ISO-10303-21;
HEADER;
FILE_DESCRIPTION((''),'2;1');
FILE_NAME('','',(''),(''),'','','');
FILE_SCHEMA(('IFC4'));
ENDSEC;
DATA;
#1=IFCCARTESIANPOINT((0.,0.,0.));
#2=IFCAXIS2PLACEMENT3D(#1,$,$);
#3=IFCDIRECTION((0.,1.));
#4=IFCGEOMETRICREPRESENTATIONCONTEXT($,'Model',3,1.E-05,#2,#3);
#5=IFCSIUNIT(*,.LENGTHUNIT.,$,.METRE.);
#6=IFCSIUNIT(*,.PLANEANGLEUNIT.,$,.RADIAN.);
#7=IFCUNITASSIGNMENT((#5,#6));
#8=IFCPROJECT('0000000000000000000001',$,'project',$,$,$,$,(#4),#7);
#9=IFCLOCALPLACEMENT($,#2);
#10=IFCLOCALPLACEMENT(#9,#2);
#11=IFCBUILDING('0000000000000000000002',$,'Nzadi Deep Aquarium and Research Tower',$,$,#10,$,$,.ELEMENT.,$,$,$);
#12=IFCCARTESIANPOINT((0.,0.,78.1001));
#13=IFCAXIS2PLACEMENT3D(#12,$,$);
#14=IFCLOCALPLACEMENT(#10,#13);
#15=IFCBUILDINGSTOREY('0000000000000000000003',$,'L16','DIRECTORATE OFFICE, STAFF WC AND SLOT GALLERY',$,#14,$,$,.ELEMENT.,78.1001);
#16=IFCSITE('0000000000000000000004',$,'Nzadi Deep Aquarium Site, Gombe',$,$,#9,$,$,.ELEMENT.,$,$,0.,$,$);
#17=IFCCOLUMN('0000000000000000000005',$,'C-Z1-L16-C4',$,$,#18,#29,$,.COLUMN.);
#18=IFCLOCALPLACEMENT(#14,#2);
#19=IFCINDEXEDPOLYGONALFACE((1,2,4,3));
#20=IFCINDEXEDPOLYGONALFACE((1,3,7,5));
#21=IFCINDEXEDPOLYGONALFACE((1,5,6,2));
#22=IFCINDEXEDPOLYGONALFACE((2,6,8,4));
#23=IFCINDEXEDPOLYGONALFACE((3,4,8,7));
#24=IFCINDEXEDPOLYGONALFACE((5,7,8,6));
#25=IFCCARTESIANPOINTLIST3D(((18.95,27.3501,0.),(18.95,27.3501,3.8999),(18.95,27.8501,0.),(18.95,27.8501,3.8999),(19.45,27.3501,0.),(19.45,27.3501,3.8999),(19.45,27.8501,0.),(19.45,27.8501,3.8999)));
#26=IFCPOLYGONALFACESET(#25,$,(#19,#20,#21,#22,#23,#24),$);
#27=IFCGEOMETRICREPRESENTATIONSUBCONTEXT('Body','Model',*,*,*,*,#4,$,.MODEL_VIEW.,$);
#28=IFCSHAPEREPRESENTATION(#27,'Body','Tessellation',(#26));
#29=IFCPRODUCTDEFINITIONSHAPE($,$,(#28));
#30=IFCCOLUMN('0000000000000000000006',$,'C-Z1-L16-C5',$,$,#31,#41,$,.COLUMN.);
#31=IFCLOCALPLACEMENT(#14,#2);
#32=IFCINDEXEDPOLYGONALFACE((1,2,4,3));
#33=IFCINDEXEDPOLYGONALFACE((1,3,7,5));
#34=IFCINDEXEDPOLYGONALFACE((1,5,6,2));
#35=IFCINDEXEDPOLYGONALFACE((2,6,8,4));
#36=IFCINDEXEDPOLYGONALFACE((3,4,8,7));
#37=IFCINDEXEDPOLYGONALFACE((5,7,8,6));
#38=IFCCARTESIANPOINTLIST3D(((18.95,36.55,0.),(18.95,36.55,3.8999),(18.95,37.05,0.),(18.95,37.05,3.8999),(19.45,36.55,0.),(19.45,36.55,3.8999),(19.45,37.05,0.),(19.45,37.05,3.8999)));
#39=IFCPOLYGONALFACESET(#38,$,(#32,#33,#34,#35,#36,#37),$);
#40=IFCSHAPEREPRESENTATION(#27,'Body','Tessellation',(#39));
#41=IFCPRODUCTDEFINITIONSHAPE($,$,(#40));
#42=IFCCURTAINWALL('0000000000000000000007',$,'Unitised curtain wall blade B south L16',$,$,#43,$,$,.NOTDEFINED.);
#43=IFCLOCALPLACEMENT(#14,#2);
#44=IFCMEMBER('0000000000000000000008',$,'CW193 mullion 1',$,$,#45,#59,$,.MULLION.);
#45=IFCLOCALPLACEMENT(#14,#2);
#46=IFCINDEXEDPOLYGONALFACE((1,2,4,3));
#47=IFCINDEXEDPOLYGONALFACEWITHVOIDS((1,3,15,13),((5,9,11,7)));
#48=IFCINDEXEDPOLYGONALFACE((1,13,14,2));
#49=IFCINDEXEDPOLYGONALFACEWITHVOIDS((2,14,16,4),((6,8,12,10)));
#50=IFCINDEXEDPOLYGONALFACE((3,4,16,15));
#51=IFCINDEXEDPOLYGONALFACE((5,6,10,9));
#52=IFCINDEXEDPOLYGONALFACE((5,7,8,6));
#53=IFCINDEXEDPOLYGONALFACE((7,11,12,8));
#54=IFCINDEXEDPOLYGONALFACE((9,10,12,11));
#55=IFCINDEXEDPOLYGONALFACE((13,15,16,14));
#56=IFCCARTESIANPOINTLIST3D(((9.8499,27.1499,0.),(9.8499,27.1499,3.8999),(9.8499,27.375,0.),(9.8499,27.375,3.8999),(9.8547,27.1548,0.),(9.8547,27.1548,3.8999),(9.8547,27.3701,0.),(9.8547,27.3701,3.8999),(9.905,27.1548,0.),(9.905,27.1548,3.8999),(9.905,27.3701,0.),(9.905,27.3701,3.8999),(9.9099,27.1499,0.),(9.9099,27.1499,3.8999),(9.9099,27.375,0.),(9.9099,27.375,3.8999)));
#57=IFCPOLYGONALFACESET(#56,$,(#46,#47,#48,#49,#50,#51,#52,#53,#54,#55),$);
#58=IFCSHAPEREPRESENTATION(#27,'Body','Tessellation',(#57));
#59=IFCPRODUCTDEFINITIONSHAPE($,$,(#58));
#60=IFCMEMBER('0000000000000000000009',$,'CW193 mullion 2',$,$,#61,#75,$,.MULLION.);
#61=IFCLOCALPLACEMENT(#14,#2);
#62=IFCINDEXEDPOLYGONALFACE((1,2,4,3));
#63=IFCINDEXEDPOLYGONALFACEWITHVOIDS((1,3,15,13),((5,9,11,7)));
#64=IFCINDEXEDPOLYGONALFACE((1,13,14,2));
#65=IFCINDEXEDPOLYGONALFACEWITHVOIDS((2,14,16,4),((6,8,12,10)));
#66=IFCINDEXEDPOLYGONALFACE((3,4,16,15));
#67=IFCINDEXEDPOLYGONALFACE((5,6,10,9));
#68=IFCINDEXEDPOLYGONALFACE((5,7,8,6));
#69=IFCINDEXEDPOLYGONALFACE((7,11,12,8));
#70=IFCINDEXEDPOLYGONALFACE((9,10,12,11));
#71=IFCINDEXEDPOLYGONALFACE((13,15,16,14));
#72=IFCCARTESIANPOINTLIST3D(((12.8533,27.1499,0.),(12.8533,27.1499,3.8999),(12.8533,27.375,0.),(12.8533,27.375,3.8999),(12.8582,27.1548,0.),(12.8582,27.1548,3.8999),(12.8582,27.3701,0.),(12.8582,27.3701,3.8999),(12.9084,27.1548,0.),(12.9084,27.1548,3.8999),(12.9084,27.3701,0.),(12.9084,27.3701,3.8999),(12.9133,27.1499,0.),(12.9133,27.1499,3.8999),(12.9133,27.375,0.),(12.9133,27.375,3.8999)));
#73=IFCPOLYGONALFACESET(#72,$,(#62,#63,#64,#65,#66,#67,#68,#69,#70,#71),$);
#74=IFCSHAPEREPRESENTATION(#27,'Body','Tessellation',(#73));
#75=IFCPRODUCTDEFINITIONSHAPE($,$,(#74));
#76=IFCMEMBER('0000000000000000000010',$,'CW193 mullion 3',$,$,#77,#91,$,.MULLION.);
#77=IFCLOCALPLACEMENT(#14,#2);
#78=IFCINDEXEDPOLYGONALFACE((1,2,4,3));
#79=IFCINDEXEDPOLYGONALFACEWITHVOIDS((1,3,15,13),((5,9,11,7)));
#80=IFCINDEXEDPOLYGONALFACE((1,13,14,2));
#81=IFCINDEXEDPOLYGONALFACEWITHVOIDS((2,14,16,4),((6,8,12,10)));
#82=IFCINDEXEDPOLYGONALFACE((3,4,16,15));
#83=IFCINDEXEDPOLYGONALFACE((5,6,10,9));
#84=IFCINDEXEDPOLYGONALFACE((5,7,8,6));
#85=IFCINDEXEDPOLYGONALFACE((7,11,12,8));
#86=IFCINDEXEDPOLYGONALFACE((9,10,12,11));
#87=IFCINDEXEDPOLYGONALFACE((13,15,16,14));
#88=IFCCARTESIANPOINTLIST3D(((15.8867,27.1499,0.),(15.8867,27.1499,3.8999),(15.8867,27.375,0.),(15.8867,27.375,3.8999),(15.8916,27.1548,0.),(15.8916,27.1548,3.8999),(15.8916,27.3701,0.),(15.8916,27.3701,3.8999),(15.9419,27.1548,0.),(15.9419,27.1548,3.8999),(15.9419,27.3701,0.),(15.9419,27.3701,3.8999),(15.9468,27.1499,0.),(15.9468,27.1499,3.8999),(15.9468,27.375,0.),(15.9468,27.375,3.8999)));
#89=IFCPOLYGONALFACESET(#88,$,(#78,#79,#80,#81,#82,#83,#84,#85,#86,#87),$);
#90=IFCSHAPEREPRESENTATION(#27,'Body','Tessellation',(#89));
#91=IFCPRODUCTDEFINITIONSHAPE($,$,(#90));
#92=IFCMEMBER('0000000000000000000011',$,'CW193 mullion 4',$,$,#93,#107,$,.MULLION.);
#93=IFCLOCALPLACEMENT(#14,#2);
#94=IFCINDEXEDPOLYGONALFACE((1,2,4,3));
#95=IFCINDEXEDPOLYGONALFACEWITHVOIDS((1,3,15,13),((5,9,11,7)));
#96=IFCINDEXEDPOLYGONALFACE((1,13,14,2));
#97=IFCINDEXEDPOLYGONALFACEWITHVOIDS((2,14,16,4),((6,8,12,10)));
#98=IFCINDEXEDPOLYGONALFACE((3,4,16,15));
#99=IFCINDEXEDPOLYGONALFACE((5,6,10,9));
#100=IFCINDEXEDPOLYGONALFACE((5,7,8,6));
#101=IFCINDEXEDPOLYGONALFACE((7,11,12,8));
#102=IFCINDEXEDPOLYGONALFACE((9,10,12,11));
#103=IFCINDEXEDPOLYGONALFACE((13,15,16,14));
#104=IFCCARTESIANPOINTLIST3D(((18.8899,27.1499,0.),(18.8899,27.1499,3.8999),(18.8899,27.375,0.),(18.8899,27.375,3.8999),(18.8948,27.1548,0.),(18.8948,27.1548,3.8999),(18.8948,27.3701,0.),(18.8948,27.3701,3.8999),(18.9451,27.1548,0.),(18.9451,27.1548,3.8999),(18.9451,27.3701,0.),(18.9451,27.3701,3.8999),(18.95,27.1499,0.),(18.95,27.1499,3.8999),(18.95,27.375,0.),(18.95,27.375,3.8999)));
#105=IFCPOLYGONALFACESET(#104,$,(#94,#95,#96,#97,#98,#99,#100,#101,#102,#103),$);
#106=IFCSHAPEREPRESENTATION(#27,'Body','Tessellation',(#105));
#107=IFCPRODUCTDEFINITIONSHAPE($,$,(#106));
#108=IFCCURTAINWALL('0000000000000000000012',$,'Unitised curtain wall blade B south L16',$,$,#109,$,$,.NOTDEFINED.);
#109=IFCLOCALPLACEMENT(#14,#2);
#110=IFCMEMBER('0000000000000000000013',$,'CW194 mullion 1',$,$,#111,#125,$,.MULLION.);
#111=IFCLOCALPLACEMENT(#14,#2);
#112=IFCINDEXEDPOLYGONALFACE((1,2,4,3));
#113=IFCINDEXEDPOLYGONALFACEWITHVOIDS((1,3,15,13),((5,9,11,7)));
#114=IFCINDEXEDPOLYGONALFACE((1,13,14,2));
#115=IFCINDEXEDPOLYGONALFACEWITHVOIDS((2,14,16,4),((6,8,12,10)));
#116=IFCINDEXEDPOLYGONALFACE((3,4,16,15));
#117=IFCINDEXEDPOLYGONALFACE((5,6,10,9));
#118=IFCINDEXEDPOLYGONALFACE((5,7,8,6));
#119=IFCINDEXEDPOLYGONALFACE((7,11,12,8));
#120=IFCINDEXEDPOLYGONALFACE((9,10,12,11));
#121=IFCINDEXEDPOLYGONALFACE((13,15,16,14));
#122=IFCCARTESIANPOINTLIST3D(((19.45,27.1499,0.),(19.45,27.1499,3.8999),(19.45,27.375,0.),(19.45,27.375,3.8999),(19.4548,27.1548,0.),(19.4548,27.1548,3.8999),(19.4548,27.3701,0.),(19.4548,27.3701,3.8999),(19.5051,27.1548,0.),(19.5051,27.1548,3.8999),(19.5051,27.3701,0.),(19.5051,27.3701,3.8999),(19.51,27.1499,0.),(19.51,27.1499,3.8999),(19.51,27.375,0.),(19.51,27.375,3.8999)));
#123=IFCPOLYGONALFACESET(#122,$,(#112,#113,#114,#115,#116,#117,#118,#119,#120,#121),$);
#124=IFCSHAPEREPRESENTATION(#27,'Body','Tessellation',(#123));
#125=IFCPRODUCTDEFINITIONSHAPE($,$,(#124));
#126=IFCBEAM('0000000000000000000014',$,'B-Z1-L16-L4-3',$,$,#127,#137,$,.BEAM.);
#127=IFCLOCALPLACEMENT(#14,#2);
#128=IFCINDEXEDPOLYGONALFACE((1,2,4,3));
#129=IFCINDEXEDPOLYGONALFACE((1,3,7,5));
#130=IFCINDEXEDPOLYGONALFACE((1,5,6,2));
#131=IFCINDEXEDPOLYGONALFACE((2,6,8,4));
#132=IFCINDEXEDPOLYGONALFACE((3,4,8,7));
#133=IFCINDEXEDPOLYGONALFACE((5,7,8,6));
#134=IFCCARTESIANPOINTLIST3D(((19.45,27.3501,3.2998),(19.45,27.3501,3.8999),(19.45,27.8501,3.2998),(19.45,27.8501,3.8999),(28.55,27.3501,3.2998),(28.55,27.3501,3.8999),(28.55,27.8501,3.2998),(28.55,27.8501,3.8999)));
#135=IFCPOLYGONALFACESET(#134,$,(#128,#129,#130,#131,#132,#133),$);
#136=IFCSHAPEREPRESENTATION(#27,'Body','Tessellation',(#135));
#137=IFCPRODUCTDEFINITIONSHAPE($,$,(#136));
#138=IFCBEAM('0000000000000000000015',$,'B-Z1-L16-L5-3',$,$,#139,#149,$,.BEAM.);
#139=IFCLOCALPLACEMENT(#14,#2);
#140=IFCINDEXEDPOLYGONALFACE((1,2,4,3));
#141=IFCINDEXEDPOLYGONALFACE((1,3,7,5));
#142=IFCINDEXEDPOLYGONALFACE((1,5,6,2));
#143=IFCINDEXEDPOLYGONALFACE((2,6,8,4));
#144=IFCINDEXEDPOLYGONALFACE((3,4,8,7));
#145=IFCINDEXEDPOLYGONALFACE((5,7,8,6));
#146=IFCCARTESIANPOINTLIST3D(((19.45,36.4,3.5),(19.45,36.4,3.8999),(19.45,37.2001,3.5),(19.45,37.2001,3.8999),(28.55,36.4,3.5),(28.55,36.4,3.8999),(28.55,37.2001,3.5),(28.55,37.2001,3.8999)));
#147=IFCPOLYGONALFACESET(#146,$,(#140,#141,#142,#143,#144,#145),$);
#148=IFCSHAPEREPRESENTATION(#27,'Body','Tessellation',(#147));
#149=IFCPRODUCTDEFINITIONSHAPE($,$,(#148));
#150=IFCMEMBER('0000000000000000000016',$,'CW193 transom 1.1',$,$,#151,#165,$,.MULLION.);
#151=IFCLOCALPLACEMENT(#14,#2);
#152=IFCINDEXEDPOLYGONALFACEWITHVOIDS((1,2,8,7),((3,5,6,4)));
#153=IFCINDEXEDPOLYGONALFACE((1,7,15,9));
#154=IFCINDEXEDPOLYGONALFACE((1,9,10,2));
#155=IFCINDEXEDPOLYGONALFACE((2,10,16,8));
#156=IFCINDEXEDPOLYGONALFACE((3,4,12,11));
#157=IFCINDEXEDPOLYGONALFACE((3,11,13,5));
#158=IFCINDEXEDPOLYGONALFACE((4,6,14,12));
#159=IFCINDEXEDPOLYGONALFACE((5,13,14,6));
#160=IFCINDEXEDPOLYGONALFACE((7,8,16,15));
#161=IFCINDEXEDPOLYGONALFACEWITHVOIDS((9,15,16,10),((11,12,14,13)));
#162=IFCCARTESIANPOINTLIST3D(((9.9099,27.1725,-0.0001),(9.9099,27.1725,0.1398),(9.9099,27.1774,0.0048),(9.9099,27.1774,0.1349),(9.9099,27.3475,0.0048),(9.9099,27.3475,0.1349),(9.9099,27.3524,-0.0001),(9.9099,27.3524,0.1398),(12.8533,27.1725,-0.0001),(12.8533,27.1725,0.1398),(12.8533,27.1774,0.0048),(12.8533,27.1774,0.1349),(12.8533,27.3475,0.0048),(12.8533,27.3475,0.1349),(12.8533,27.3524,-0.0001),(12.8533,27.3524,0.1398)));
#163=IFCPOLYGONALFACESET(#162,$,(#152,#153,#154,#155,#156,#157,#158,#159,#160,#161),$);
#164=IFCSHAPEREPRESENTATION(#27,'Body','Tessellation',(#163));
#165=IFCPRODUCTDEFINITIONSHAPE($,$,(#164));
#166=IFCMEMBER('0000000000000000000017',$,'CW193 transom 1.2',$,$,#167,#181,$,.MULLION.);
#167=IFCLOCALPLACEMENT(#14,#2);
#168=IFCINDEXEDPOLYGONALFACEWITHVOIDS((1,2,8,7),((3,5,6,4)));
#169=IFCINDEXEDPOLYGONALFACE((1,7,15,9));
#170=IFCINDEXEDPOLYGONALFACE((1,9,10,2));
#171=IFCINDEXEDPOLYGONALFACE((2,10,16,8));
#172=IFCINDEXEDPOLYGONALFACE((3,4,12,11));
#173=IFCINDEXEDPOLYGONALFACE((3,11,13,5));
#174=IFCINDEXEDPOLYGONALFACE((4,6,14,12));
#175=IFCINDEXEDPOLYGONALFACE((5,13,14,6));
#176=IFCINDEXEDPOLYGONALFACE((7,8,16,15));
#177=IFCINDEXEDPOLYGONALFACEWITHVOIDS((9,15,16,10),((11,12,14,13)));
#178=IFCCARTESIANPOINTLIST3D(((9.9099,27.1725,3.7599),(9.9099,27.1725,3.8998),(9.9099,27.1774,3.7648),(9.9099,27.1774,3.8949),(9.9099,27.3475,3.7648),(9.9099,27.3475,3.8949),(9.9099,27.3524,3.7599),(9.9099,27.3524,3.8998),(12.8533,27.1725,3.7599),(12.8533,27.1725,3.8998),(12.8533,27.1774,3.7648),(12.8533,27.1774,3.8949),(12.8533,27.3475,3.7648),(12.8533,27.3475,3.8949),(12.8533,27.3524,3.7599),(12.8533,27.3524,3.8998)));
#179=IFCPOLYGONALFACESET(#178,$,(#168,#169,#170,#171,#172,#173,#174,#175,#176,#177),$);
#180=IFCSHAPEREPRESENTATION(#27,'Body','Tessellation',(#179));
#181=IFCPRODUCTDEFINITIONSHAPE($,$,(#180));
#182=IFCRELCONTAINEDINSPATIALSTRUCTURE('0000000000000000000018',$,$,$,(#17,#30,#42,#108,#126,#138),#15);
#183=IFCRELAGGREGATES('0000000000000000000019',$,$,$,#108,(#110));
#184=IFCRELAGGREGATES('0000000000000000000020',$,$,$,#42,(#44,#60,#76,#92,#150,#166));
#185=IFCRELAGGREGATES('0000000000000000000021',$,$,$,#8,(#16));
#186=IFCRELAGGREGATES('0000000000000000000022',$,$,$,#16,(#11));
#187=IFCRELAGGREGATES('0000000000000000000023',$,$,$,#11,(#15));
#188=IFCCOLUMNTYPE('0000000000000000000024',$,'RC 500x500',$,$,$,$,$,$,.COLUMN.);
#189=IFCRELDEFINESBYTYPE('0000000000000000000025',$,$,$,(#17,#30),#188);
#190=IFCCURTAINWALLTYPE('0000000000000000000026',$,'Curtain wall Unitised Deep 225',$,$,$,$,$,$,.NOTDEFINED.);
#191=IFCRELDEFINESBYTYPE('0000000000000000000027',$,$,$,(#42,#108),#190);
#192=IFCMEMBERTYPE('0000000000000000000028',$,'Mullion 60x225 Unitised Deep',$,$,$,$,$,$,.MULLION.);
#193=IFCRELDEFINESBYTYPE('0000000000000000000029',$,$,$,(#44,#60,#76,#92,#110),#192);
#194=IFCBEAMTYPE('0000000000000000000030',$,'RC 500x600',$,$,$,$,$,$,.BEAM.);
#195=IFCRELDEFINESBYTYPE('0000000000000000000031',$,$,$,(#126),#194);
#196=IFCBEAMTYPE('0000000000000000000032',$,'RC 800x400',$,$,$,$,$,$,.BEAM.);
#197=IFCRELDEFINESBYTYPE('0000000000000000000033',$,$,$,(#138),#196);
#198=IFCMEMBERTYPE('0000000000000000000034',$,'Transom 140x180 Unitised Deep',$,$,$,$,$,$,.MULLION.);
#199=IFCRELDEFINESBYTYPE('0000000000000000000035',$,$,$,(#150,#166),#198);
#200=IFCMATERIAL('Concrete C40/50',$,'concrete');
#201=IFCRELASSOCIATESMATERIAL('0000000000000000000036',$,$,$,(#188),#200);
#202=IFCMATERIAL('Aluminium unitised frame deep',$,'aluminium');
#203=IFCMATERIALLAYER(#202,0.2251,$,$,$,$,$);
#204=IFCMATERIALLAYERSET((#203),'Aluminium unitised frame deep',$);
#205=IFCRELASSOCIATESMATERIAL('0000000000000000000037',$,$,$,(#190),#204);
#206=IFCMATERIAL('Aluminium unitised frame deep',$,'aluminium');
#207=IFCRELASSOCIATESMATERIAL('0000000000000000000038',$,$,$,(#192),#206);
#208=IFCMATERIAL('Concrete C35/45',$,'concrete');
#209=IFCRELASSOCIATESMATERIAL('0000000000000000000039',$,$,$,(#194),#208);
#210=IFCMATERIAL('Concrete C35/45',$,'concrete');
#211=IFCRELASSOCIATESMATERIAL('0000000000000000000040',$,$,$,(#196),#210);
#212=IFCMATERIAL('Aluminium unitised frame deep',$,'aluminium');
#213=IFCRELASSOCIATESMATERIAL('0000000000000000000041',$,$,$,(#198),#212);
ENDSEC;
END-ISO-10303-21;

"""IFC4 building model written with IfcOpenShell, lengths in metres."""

from ifc_helpers import new_model, si_unit, direction, frame, origin, origin_2d, place, context, subcontext, project, spatial, rectangle, hollow_rectangle, extrude, material, layer, layer_set, material_profile, profile_set, type_object, element, aggregate, save


model = new_model("IFC4")

# Units and contexts
model_context = context("Model", 3, precision=1e-05, world=origin(), true_north=direction((0.0, 1.0)))
body_context = subcontext(model_context, "Body", "Model", "MODEL_VIEW")
ifc_project = project(units=[si_unit("LENGTHUNIT", "METRE"), si_unit("PLANEANGLEUNIT", "RADIAN")], contexts=[model_context])

# Site, building, storey
site_placement = place(None, origin())
site = spatial("IfcSite", under=ifc_project, at=site_placement, Name="Nzadi Deep Aquarium Site, Gombe", CompositionType="ELEMENT", RefElevation=0.0)
building_placement = place(site_placement, origin())
building = spatial("IfcBuilding", under=site, at=building_placement, Name="Nzadi Deep Aquarium and Research Tower", CompositionType="ELEMENT")
storey_placement = place(building_placement, frame((0.0, 0.0, 78.1001)))
storey = spatial("IfcBuildingStorey", under=building, at=storey_placement, Name="L16", Description="DIRECTORATE OFFICE, STAFF WC AND SLOT GALLERY", CompositionType="ELEMENT", Elevation=78.1001)

# Columns
ifc_material_1 = material(Name="Concrete C40/50", Category="concrete")
ifc_material_profile_1 = material_profile(ifc_material_1, rectangle(XDim=0.5, YDim=0.5, at=origin_2d()))
ifc_profile_set_1 = profile_set([ifc_material_profile_1], Name="Concrete C40/50")
column_type = type_object("IfcColumnType", Name="RC 500x500", PredefinedType="COLUMN", material=ifc_profile_set_1)
for number, where, z_axis, x_axis, name in (
    (1, (19.2, 27.6001, 0.0), (0.0, 0.0, 1.0), (1.0, 0.0, 0.0), "C-Z1-L16-C4"),
    (2, (19.2, 36.8, 0.0), (0.0, 0.0, 1.0), (1.0, 0.0, 0.0), "C-Z1-L16-C5"),
):
    element("IfcColumn", number, at=place(storey_placement, frame(where, z_axis=z_axis, x_axis=x_axis)), inside=storey, type_object=column_type, Name=name, PredefinedType="COLUMN", context=body_context, shape_type="SweptSolid", body=[
        extrude(rectangle(XDim=0.5, YDim=0.5, at=origin_2d()), origin(), (0.0, 0.0, 1.0), 3.8999),
    ])

# Curtain wall, members
ifc_material_2 = material(Name="Aluminium unitised frame deep", Category="aluminium")
ifc_layer_1 = layer(ifc_material_2, 0.2251)
ifc_layer_set_1 = layer_set([ifc_layer_1], Name="Aluminium unitised frame deep")
curtain_wall_type = type_object("IfcCurtainWallType", Name="Curtain wall Unitised Deep 225", PredefinedType="NOTDEFINED", material=ifc_layer_set_1)
curtain_wall_1_placement = place(storey_placement, origin())
curtain_wall_1 = element("IfcCurtainWall", 3, at=curtain_wall_1_placement, inside=storey, type_object=curtain_wall_type, Name="Unitised curtain wall blade B south L16", PredefinedType="NOTDEFINED")
ifc_material_3 = material(Name="Aluminium unitised frame deep", Category="aluminium")
ifc_material_profile_2 = material_profile(ifc_material_3, hollow_rectangle(XDim=0.2251, YDim=0.0601, WallThickness=0.0049, at=origin_2d()))
ifc_profile_set_2 = profile_set([ifc_material_profile_2], Name="Aluminium unitised frame deep")
member_type_1 = type_object("IfcMemberType", Name="Mullion 60x225 Unitised Deep", PredefinedType="MULLION", material=ifc_profile_set_2)
member_1_placement = place(storey_placement, frame((9.8799, 27.2625, 0.0), z_axis=(0.0, 0.0, 1.0), x_axis=(0.0, 1.0, 0.0)))
member_1 = element("IfcMember", 4, at=member_1_placement, type_object=member_type_1, Name="CW193 mullion 1", PredefinedType="MULLION", context=body_context, shape_type="SweptSolid", body=[
    extrude(hollow_rectangle(XDim=0.2251, YDim=0.0601, WallThickness=0.0049, at=origin_2d()), origin(), (0.0, 0.0, 1.0), 3.8999),
])
member_2_placement = place(storey_placement, frame((12.8833, 27.2625, 0.0), z_axis=(0.0, 0.0, 1.0), x_axis=(0.0, 1.0, 0.0)))
member_2 = element("IfcMember", 5, at=member_2_placement, type_object=member_type_1, Name="CW193 mullion 2", PredefinedType="MULLION", context=body_context, shape_type="SweptSolid", body=[
    extrude(hollow_rectangle(XDim=0.2251, YDim=0.0601, WallThickness=0.0049, at=origin_2d()), origin(), (0.0, 0.0, 1.0), 3.8999),
])
member_3_placement = place(storey_placement, frame((15.9167, 27.2625, 0.0), z_axis=(0.0, 0.0, 1.0), x_axis=(0.0, 1.0, 0.0)))
member_3 = element("IfcMember", 6, at=member_3_placement, type_object=member_type_1, Name="CW193 mullion 3", PredefinedType="MULLION", context=body_context, shape_type="SweptSolid", body=[
    extrude(hollow_rectangle(XDim=0.2251, YDim=0.0601, WallThickness=0.0049, at=origin_2d()), origin(), (0.0, 0.0, 1.0), 3.8999),
])
member_4_placement = place(storey_placement, frame((18.9199, 27.2625, 0.0), z_axis=(0.0, 0.0, 1.0), x_axis=(0.0, 1.0, 0.0)))
member_4 = element("IfcMember", 7, at=member_4_placement, type_object=member_type_1, Name="CW193 mullion 4", PredefinedType="MULLION", context=body_context, shape_type="SweptSolid", body=[
    extrude(hollow_rectangle(XDim=0.2251, YDim=0.0601, WallThickness=0.0049, at=origin_2d()), origin(), (0.0, 0.0, 1.0), 3.8999),
])

# Curtain wall, member
curtain_wall_2_placement = place(storey_placement, origin())
curtain_wall_2 = element("IfcCurtainWall", 8, at=curtain_wall_2_placement, inside=storey, type_object=curtain_wall_type, Name="Unitised curtain wall blade B south L16", PredefinedType="NOTDEFINED")
member_5_placement = place(storey_placement, frame((19.48, 27.2625, 0.0), z_axis=(0.0, 0.0, 1.0), x_axis=(0.0, 1.0, 0.0)))
member_5 = element("IfcMember", 9, at=member_5_placement, type_object=member_type_1, Name="CW194 mullion 1", PredefinedType="MULLION", context=body_context, shape_type="SweptSolid", body=[
    extrude(hollow_rectangle(XDim=0.2251, YDim=0.0601, WallThickness=0.0049, at=origin_2d()), origin(), (0.0, 0.0, 1.0), 3.8999),
])
aggregate(curtain_wall_2, [member_5])

# Beams
ifc_material_4 = material(Name="Concrete C35/45", Category="concrete")
ifc_material_profile_3 = material_profile(ifc_material_4, rectangle(XDim=0.5, YDim=0.6001, at=origin_2d()))
ifc_profile_set_3 = profile_set([ifc_material_profile_3], Name="Concrete C35/45")
beam_type_1 = type_object("IfcBeamType", Name="RC 500x600", PredefinedType="BEAM", material=ifc_profile_set_3)
beam_1_placement = place(storey_placement, frame((19.45, 27.6001, 3.5999), z_axis=(1.0, 0.0, 0.0), x_axis=(0.0, 1.0, 0.0)))
element("IfcBeam", 10, at=beam_1_placement, inside=storey, type_object=beam_type_1, Name="B-Z1-L16-L4-3", PredefinedType="BEAM", context=body_context, shape_type="SweptSolid", body=[
    extrude(rectangle(XDim=0.5, YDim=0.6001, at=origin_2d()), origin(), (0.0, 0.0, 1.0), 9.1001),
])
ifc_material_5 = material(Name="Concrete C35/45", Category="concrete")
ifc_material_profile_4 = material_profile(ifc_material_5, rectangle(XDim=0.8, YDim=0.3999, at=origin_2d()))
ifc_profile_set_4 = profile_set([ifc_material_profile_4], Name="Concrete C35/45")
beam_type_2 = type_object("IfcBeamType", Name="RC 800x400", PredefinedType="BEAM", material=ifc_profile_set_4)
beam_2_placement = place(storey_placement, frame((19.45, 36.8, 3.7), z_axis=(1.0, 0.0, 0.0), x_axis=(0.0, 1.0, 0.0)))
element("IfcBeam", 11, at=beam_2_placement, inside=storey, type_object=beam_type_2, Name="B-Z1-L16-L5-3", PredefinedType="BEAM", context=body_context, shape_type="SweptSolid", body=[
    extrude(rectangle(XDim=0.8, YDim=0.3999, at=origin_2d()), origin(), (0.0, 0.0, 1.0), 9.1001),
])

# Members
ifc_material_6 = material(Name="Aluminium unitised frame deep", Category="aluminium")
ifc_material_profile_5 = material_profile(ifc_material_6, hollow_rectangle(XDim=0.1799, YDim=0.1399, WallThickness=0.0049, at=origin_2d()))
ifc_profile_set_5 = profile_set([ifc_material_profile_5], Name="Aluminium unitised frame deep")
member_type_2 = type_object("IfcMemberType", Name="Transom 140x180 Unitised Deep", PredefinedType="MULLION", material=ifc_profile_set_5)
member_6_placement = place(storey_placement, frame((9.9099, 27.2625, 0.0698), z_axis=(1.0, 0.0, 0.0), x_axis=(0.0, 1.0, 0.0)))
member_6 = element("IfcMember", 12, at=member_6_placement, type_object=member_type_2, Name="CW193 transom 1.1", PredefinedType="MULLION", context=body_context, shape_type="SweptSolid", body=[
    extrude(hollow_rectangle(XDim=0.1799, YDim=0.1399, WallThickness=0.0049, at=origin_2d()), origin(), (0.0, 0.0, 1.0), 2.9434),
])
member_7_placement = place(storey_placement, frame((9.9099, 27.2625, 3.8298), z_axis=(1.0, 0.0, 0.0), x_axis=(0.0, 1.0, 0.0)))
member_7 = element("IfcMember", 13, at=member_7_placement, type_object=member_type_2, Name="CW193 transom 1.2", PredefinedType="MULLION", context=body_context, shape_type="SweptSolid", body=[
    extrude(hollow_rectangle(XDim=0.1799, YDim=0.1399, WallThickness=0.0049, at=origin_2d()), origin(), (0.0, 0.0, 1.0), 2.9434),
])

aggregate(curtain_wall_1, [member_1, member_2, member_3, member_4, member_6, member_7])

save(model, "model.ifc")
